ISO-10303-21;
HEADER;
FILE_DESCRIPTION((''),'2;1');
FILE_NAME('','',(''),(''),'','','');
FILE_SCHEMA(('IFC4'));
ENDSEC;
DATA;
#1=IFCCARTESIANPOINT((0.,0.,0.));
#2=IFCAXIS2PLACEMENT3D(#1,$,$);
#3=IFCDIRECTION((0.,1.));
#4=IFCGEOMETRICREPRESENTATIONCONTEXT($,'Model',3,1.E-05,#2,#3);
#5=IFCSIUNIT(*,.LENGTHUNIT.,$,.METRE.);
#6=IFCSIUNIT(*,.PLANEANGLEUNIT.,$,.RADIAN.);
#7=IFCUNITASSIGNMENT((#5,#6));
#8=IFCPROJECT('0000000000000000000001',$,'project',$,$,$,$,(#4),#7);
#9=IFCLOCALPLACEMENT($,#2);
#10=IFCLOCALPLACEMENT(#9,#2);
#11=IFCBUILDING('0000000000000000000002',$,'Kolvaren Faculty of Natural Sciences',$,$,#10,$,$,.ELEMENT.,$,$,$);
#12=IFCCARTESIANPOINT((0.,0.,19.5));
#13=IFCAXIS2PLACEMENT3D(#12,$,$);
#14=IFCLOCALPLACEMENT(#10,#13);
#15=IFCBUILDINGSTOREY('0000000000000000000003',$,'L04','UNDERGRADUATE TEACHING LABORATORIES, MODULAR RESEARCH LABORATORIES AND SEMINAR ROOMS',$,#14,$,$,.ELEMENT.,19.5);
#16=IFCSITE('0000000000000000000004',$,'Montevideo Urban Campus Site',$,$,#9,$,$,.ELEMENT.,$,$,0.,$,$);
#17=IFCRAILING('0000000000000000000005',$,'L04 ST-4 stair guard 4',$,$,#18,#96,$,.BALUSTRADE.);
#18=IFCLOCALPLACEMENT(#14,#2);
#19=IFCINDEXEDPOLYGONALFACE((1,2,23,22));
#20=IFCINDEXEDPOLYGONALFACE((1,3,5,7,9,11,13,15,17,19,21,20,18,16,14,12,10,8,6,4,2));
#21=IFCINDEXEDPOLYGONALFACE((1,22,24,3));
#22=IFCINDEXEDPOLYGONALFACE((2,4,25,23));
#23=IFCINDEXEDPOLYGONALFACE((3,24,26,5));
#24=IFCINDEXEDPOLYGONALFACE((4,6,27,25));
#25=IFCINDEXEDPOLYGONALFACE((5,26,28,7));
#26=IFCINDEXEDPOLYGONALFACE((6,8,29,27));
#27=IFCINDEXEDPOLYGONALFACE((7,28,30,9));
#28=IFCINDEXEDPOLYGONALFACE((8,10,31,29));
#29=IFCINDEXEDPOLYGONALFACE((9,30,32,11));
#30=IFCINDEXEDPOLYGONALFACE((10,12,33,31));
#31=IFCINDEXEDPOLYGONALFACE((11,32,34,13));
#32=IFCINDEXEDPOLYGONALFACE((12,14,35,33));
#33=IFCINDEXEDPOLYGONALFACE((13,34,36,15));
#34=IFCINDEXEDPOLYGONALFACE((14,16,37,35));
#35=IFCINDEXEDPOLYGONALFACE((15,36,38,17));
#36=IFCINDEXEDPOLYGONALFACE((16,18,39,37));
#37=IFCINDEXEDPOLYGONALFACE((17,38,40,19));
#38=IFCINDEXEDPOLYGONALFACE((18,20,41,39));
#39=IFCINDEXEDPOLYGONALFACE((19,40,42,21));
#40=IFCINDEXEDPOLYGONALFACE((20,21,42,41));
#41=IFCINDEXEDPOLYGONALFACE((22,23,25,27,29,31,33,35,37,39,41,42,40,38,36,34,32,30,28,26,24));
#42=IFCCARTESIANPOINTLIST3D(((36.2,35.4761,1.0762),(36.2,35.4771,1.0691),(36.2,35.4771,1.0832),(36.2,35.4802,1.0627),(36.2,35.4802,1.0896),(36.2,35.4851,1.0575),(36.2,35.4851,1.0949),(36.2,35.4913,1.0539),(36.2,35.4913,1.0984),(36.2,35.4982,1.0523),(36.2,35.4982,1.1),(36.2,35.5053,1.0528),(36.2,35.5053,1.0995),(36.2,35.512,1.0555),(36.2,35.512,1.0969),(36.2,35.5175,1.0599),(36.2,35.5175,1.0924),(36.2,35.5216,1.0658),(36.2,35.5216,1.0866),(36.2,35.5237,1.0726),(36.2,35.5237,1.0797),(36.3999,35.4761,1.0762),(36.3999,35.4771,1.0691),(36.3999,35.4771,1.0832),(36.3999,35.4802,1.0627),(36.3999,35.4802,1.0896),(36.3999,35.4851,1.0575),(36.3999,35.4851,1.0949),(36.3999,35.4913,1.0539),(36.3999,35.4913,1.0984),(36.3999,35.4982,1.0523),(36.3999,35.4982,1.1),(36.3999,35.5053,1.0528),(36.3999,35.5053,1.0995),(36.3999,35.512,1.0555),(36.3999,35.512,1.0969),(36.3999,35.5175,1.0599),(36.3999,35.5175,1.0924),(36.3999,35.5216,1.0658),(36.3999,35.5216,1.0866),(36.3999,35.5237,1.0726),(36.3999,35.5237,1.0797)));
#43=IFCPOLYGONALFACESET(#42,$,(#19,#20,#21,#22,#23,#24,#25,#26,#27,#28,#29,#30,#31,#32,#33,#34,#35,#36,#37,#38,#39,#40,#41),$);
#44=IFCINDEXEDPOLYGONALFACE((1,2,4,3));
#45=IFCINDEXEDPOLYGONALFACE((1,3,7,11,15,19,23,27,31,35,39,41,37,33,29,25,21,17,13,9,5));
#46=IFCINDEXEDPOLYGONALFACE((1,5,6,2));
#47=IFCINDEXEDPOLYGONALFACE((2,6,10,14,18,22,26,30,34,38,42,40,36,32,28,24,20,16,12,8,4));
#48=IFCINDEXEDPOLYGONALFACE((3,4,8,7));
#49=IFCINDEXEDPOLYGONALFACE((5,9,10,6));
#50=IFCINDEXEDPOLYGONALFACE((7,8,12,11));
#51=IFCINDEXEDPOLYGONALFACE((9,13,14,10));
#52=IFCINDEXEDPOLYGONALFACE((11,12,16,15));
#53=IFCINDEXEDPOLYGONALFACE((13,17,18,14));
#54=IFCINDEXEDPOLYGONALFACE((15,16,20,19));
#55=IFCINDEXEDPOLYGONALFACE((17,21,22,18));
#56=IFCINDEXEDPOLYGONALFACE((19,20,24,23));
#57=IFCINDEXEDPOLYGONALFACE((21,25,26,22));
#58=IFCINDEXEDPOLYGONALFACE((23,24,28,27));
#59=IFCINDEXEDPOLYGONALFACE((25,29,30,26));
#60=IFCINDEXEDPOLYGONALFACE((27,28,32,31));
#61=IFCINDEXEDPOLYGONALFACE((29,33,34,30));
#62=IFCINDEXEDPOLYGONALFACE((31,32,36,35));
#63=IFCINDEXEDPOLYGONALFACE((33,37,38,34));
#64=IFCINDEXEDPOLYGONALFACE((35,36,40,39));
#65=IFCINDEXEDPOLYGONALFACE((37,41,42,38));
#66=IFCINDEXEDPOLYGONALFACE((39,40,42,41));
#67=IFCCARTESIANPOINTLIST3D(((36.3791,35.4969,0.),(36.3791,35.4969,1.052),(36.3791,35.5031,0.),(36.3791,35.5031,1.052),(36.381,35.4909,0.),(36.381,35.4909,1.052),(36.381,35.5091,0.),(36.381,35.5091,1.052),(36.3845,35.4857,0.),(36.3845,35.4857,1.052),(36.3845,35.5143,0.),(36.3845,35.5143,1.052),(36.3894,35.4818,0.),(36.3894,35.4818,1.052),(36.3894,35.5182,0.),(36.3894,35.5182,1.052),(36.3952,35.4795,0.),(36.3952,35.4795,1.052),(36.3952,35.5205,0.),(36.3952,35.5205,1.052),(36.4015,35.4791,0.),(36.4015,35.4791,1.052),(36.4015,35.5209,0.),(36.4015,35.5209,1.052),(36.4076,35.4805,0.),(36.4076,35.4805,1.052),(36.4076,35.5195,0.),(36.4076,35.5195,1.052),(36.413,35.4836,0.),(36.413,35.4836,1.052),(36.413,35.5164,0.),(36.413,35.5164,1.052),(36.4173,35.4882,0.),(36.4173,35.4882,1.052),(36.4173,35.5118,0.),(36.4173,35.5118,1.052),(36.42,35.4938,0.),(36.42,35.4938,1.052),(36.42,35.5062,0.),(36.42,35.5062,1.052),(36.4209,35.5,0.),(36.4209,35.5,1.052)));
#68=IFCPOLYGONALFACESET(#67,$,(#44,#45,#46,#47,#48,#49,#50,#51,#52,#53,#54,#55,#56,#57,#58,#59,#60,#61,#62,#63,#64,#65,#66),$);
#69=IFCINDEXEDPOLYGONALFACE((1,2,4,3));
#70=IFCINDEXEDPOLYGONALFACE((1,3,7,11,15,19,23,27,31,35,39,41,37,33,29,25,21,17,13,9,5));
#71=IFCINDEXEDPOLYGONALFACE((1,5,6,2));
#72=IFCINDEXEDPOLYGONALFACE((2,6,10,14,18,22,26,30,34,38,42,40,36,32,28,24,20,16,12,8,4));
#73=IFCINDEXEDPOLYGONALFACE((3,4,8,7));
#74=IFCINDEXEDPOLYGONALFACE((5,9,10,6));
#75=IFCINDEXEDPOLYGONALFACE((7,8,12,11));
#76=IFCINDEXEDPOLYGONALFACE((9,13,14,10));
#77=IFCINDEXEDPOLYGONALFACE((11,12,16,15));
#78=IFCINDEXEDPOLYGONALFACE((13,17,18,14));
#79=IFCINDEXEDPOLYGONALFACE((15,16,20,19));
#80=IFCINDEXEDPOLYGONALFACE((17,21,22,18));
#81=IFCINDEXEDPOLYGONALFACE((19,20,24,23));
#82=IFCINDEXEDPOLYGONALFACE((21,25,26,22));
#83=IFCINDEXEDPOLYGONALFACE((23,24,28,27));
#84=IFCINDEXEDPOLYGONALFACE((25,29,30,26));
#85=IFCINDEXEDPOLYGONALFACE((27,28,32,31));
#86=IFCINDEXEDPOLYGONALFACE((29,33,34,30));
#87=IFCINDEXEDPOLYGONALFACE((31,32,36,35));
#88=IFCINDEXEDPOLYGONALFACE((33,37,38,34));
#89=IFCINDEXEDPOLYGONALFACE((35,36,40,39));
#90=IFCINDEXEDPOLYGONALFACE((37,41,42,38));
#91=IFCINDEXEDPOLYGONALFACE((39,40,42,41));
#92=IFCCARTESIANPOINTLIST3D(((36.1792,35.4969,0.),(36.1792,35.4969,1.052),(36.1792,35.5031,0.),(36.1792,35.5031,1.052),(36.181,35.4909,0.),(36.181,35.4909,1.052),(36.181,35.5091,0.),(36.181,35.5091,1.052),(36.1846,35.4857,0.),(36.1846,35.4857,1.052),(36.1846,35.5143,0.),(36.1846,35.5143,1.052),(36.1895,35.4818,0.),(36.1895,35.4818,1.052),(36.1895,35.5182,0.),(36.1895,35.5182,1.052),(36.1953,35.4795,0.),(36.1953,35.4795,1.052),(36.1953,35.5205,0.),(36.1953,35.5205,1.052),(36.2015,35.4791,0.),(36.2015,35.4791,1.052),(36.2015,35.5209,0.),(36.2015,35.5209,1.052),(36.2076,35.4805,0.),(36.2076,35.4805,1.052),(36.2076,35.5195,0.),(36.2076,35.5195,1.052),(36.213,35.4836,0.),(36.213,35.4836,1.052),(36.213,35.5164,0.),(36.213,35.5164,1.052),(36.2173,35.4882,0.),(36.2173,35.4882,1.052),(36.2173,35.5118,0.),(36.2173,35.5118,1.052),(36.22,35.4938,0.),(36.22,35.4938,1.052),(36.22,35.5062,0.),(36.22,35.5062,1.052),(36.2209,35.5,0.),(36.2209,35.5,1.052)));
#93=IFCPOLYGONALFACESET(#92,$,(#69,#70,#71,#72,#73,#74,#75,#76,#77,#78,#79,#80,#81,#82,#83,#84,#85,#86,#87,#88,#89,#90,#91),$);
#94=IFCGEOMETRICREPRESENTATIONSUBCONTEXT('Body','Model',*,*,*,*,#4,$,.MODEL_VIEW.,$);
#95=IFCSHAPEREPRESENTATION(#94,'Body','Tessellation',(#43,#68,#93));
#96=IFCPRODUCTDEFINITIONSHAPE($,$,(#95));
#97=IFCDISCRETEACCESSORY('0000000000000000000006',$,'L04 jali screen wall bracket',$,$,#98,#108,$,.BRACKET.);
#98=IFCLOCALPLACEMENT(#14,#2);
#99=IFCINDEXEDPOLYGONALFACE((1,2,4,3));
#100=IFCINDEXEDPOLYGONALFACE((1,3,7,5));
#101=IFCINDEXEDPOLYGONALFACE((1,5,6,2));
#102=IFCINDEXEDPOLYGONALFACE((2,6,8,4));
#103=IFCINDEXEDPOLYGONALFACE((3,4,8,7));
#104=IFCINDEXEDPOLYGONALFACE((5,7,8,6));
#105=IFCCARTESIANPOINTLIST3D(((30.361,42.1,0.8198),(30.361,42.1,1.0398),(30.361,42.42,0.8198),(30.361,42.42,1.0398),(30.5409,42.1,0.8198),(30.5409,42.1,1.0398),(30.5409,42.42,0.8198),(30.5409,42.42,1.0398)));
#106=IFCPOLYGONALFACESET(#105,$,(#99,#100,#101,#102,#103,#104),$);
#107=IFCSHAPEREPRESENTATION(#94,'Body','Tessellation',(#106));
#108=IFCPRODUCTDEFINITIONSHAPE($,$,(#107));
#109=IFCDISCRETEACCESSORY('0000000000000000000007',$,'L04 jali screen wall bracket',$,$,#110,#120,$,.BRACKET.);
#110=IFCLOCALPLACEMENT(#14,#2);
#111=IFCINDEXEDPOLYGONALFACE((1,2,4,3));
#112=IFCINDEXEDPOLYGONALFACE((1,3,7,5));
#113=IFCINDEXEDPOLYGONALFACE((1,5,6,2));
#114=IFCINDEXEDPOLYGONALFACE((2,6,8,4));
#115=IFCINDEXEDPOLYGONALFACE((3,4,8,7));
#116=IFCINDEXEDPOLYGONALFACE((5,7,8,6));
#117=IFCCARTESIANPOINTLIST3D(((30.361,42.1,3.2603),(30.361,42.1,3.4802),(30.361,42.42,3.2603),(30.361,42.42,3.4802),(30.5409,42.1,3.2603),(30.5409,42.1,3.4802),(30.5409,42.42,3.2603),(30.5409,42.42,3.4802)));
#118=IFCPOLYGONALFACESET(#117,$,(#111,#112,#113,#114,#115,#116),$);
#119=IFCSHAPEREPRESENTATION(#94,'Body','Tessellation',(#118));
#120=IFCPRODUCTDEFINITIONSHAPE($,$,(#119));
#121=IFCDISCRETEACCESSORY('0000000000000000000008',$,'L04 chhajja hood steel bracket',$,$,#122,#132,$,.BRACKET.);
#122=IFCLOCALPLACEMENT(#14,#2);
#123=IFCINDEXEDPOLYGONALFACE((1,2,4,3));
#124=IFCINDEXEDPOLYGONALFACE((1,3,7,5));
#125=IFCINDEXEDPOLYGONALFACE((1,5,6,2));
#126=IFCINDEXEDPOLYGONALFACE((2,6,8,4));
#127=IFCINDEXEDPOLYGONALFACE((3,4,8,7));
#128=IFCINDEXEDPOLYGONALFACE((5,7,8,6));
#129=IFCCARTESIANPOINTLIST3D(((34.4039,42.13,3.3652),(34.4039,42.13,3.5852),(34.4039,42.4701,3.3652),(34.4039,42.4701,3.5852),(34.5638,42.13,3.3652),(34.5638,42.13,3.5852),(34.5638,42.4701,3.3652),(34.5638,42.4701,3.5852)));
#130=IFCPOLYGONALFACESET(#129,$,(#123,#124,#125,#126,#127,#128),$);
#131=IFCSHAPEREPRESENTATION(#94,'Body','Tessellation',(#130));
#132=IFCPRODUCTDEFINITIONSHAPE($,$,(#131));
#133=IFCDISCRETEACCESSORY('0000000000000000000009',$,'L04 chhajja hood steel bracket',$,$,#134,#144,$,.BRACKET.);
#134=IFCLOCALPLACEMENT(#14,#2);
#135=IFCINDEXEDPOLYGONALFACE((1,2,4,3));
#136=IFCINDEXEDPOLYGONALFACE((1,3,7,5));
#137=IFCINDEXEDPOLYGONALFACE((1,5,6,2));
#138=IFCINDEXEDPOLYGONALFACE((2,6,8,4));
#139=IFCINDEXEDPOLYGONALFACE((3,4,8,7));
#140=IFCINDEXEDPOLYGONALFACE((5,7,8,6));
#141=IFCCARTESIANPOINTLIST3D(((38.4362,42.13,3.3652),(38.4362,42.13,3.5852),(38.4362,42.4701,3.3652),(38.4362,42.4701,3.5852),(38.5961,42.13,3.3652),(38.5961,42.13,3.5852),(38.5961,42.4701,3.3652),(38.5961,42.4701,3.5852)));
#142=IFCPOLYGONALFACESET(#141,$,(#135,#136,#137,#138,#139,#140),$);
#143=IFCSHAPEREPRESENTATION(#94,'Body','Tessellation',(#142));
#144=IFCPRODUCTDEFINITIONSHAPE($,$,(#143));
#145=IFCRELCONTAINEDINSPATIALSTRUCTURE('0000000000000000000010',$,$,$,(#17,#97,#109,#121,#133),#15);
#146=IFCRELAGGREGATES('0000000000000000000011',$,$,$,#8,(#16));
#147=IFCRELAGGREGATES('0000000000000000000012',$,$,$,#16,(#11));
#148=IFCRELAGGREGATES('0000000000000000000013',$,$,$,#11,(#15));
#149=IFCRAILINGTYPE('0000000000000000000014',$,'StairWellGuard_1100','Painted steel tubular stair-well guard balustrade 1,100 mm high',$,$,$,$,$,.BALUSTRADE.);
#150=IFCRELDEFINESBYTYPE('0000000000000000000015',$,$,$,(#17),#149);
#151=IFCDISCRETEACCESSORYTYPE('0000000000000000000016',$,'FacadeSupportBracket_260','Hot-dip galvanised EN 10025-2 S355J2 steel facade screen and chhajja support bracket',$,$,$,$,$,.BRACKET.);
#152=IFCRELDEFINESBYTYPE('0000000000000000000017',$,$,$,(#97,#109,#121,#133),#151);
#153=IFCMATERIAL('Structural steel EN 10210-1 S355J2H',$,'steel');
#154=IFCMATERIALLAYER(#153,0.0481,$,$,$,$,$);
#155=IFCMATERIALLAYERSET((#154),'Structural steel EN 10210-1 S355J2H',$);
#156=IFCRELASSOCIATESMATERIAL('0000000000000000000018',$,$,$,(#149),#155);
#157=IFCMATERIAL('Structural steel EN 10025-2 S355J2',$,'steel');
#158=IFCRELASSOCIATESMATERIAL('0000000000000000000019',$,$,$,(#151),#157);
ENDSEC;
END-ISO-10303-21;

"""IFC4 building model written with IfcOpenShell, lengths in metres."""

from ifc_helpers import new_model, si_unit, direction, frame, origin, origin_2d, place, context, subcontext, project, spatial, rectangle, circle, extrude, material, layer, layer_set, type_object, element, save


model = new_model("IFC4")

# Units and contexts
model_context = context("Model", 3, precision=1e-05, world=origin(), true_north=direction((0.0, 1.0)))
body_context = subcontext(model_context, "Body", "Model", "MODEL_VIEW")
ifc_project = project(units=[si_unit("LENGTHUNIT", "METRE"), si_unit("PLANEANGLEUNIT", "RADIAN")], contexts=[model_context])

# Site, building, storey
site_placement = place(None, origin())
site = spatial("IfcSite", under=ifc_project, at=site_placement, Name="Montevideo Urban Campus Site", CompositionType="ELEMENT", RefElevation=0.0)
building_placement = place(site_placement, origin())
building = spatial("IfcBuilding", under=site, at=building_placement, Name="Kolvaren Faculty of Natural Sciences", CompositionType="ELEMENT")
storey_placement = place(building_placement, frame((0.0, 0.0, 19.5)))
storey = spatial("IfcBuildingStorey", under=building, at=storey_placement, Name="L04", Description="UNDERGRADUATE TEACHING LABORATORIES, MODULAR RESEARCH LABORATORIES AND SEMINAR ROOMS", CompositionType="ELEMENT", Elevation=19.5)

# Railing
ifc_material_1 = material(Name="Structural steel EN 10210-1 S355J2H", Category="steel")
ifc_layer_1 = layer(ifc_material_1, 0.0481)
ifc_layer_set_1 = layer_set([ifc_layer_1], Name="Structural steel EN 10210-1 S355J2H")
railing_type_1 = type_object("IfcRailingType", Name="StairWellGuard_1100", Description="Painted steel tubular stair-well guard balustrade 1,100 mm high", PredefinedType="BALUSTRADE", material=ifc_layer_set_1)
railing_1_placement = place(storey_placement, frame((36.3999, 35.5, 0.0)))
element("IfcRailing", 1, at=railing_1_placement, inside=storey, type_object=railing_type_1, Name="L04 ST-4 stair guard 4", PredefinedType="BALUSTRADE", context=body_context, shape_type="SweptSolid", body=[
    extrude(circle(Radius=0.0239, at=origin_2d()), frame((0.0, 0.0, 1.0762), z_axis=(-1.0, 0.0, 0.0), x_axis=(0.0, -1.0, 0.0)), (0.0, 0.0, 1.0), 0.2),
    extrude(circle(Radius=0.021, at=origin_2d()), origin(), (0.0, 0.0, 1.0), 1.052),
    extrude(circle(Radius=0.021, at=origin_2d()), frame((-0.2, 0.0, 0.0)), (0.0, 0.0, 1.0), 1.052),
])

# Discrete accessories
ifc_material_2 = material(Name="Structural steel EN 10025-2 S355J2", Category="steel")
discrete_accessory_type = type_object("IfcDiscreteAccessoryType", Name="FacadeSupportBracket_260", Description="Hot-dip galvanised EN 10025-2 S355J2 steel facade screen and chhajja support bracket", PredefinedType="BRACKET", material=ifc_material_2)
for number, where, z_axis, x_axis, name in (
    (2, (30.4509, 42.26, 0.8198), (0.0, 0.0, 1.0), (1.0, 0.0, 0.0), "L04 jali screen wall bracket"),
    (3, (30.4509, 42.26, 3.2603), (0.0, 0.0, 1.0), (1.0, 0.0, 0.0), "L04 jali screen wall bracket"),
):
    element("IfcDiscreteAccessory", number, at=place(storey_placement, frame(where, z_axis=z_axis, x_axis=x_axis)), inside=storey, type_object=discrete_accessory_type, Name=name, PredefinedType="BRACKET", context=body_context, shape_type="SweptSolid", body=[
        extrude(rectangle(XDim=0.1799, YDim=0.3201, at=origin_2d()), origin(), (0.0, 0.0, 1.0), 0.22),
    ])
for number, where, z_axis, x_axis, name in (
    (4, (34.4839, 42.3, 3.3652), (0.0, 0.0, 1.0), (1.0, 0.0, 0.0), "L04 chhajja hood steel bracket"),
    (5, (38.5161, 42.3, 3.3652), (0.0, 0.0, 1.0), (1.0, 0.0, 0.0), "L04 chhajja hood steel bracket"),
):
    element("IfcDiscreteAccessory", number, at=place(storey_placement, frame(where, z_axis=z_axis, x_axis=x_axis)), inside=storey, type_object=discrete_accessory_type, Name=name, PredefinedType="BRACKET", context=body_context, shape_type="SweptSolid", body=[
        extrude(rectangle(XDim=0.1599, YDim=0.3401, at=origin_2d()), origin(), (0.0, 0.0, 1.0), 0.22),
    ])

save(model, "model.ifc")
